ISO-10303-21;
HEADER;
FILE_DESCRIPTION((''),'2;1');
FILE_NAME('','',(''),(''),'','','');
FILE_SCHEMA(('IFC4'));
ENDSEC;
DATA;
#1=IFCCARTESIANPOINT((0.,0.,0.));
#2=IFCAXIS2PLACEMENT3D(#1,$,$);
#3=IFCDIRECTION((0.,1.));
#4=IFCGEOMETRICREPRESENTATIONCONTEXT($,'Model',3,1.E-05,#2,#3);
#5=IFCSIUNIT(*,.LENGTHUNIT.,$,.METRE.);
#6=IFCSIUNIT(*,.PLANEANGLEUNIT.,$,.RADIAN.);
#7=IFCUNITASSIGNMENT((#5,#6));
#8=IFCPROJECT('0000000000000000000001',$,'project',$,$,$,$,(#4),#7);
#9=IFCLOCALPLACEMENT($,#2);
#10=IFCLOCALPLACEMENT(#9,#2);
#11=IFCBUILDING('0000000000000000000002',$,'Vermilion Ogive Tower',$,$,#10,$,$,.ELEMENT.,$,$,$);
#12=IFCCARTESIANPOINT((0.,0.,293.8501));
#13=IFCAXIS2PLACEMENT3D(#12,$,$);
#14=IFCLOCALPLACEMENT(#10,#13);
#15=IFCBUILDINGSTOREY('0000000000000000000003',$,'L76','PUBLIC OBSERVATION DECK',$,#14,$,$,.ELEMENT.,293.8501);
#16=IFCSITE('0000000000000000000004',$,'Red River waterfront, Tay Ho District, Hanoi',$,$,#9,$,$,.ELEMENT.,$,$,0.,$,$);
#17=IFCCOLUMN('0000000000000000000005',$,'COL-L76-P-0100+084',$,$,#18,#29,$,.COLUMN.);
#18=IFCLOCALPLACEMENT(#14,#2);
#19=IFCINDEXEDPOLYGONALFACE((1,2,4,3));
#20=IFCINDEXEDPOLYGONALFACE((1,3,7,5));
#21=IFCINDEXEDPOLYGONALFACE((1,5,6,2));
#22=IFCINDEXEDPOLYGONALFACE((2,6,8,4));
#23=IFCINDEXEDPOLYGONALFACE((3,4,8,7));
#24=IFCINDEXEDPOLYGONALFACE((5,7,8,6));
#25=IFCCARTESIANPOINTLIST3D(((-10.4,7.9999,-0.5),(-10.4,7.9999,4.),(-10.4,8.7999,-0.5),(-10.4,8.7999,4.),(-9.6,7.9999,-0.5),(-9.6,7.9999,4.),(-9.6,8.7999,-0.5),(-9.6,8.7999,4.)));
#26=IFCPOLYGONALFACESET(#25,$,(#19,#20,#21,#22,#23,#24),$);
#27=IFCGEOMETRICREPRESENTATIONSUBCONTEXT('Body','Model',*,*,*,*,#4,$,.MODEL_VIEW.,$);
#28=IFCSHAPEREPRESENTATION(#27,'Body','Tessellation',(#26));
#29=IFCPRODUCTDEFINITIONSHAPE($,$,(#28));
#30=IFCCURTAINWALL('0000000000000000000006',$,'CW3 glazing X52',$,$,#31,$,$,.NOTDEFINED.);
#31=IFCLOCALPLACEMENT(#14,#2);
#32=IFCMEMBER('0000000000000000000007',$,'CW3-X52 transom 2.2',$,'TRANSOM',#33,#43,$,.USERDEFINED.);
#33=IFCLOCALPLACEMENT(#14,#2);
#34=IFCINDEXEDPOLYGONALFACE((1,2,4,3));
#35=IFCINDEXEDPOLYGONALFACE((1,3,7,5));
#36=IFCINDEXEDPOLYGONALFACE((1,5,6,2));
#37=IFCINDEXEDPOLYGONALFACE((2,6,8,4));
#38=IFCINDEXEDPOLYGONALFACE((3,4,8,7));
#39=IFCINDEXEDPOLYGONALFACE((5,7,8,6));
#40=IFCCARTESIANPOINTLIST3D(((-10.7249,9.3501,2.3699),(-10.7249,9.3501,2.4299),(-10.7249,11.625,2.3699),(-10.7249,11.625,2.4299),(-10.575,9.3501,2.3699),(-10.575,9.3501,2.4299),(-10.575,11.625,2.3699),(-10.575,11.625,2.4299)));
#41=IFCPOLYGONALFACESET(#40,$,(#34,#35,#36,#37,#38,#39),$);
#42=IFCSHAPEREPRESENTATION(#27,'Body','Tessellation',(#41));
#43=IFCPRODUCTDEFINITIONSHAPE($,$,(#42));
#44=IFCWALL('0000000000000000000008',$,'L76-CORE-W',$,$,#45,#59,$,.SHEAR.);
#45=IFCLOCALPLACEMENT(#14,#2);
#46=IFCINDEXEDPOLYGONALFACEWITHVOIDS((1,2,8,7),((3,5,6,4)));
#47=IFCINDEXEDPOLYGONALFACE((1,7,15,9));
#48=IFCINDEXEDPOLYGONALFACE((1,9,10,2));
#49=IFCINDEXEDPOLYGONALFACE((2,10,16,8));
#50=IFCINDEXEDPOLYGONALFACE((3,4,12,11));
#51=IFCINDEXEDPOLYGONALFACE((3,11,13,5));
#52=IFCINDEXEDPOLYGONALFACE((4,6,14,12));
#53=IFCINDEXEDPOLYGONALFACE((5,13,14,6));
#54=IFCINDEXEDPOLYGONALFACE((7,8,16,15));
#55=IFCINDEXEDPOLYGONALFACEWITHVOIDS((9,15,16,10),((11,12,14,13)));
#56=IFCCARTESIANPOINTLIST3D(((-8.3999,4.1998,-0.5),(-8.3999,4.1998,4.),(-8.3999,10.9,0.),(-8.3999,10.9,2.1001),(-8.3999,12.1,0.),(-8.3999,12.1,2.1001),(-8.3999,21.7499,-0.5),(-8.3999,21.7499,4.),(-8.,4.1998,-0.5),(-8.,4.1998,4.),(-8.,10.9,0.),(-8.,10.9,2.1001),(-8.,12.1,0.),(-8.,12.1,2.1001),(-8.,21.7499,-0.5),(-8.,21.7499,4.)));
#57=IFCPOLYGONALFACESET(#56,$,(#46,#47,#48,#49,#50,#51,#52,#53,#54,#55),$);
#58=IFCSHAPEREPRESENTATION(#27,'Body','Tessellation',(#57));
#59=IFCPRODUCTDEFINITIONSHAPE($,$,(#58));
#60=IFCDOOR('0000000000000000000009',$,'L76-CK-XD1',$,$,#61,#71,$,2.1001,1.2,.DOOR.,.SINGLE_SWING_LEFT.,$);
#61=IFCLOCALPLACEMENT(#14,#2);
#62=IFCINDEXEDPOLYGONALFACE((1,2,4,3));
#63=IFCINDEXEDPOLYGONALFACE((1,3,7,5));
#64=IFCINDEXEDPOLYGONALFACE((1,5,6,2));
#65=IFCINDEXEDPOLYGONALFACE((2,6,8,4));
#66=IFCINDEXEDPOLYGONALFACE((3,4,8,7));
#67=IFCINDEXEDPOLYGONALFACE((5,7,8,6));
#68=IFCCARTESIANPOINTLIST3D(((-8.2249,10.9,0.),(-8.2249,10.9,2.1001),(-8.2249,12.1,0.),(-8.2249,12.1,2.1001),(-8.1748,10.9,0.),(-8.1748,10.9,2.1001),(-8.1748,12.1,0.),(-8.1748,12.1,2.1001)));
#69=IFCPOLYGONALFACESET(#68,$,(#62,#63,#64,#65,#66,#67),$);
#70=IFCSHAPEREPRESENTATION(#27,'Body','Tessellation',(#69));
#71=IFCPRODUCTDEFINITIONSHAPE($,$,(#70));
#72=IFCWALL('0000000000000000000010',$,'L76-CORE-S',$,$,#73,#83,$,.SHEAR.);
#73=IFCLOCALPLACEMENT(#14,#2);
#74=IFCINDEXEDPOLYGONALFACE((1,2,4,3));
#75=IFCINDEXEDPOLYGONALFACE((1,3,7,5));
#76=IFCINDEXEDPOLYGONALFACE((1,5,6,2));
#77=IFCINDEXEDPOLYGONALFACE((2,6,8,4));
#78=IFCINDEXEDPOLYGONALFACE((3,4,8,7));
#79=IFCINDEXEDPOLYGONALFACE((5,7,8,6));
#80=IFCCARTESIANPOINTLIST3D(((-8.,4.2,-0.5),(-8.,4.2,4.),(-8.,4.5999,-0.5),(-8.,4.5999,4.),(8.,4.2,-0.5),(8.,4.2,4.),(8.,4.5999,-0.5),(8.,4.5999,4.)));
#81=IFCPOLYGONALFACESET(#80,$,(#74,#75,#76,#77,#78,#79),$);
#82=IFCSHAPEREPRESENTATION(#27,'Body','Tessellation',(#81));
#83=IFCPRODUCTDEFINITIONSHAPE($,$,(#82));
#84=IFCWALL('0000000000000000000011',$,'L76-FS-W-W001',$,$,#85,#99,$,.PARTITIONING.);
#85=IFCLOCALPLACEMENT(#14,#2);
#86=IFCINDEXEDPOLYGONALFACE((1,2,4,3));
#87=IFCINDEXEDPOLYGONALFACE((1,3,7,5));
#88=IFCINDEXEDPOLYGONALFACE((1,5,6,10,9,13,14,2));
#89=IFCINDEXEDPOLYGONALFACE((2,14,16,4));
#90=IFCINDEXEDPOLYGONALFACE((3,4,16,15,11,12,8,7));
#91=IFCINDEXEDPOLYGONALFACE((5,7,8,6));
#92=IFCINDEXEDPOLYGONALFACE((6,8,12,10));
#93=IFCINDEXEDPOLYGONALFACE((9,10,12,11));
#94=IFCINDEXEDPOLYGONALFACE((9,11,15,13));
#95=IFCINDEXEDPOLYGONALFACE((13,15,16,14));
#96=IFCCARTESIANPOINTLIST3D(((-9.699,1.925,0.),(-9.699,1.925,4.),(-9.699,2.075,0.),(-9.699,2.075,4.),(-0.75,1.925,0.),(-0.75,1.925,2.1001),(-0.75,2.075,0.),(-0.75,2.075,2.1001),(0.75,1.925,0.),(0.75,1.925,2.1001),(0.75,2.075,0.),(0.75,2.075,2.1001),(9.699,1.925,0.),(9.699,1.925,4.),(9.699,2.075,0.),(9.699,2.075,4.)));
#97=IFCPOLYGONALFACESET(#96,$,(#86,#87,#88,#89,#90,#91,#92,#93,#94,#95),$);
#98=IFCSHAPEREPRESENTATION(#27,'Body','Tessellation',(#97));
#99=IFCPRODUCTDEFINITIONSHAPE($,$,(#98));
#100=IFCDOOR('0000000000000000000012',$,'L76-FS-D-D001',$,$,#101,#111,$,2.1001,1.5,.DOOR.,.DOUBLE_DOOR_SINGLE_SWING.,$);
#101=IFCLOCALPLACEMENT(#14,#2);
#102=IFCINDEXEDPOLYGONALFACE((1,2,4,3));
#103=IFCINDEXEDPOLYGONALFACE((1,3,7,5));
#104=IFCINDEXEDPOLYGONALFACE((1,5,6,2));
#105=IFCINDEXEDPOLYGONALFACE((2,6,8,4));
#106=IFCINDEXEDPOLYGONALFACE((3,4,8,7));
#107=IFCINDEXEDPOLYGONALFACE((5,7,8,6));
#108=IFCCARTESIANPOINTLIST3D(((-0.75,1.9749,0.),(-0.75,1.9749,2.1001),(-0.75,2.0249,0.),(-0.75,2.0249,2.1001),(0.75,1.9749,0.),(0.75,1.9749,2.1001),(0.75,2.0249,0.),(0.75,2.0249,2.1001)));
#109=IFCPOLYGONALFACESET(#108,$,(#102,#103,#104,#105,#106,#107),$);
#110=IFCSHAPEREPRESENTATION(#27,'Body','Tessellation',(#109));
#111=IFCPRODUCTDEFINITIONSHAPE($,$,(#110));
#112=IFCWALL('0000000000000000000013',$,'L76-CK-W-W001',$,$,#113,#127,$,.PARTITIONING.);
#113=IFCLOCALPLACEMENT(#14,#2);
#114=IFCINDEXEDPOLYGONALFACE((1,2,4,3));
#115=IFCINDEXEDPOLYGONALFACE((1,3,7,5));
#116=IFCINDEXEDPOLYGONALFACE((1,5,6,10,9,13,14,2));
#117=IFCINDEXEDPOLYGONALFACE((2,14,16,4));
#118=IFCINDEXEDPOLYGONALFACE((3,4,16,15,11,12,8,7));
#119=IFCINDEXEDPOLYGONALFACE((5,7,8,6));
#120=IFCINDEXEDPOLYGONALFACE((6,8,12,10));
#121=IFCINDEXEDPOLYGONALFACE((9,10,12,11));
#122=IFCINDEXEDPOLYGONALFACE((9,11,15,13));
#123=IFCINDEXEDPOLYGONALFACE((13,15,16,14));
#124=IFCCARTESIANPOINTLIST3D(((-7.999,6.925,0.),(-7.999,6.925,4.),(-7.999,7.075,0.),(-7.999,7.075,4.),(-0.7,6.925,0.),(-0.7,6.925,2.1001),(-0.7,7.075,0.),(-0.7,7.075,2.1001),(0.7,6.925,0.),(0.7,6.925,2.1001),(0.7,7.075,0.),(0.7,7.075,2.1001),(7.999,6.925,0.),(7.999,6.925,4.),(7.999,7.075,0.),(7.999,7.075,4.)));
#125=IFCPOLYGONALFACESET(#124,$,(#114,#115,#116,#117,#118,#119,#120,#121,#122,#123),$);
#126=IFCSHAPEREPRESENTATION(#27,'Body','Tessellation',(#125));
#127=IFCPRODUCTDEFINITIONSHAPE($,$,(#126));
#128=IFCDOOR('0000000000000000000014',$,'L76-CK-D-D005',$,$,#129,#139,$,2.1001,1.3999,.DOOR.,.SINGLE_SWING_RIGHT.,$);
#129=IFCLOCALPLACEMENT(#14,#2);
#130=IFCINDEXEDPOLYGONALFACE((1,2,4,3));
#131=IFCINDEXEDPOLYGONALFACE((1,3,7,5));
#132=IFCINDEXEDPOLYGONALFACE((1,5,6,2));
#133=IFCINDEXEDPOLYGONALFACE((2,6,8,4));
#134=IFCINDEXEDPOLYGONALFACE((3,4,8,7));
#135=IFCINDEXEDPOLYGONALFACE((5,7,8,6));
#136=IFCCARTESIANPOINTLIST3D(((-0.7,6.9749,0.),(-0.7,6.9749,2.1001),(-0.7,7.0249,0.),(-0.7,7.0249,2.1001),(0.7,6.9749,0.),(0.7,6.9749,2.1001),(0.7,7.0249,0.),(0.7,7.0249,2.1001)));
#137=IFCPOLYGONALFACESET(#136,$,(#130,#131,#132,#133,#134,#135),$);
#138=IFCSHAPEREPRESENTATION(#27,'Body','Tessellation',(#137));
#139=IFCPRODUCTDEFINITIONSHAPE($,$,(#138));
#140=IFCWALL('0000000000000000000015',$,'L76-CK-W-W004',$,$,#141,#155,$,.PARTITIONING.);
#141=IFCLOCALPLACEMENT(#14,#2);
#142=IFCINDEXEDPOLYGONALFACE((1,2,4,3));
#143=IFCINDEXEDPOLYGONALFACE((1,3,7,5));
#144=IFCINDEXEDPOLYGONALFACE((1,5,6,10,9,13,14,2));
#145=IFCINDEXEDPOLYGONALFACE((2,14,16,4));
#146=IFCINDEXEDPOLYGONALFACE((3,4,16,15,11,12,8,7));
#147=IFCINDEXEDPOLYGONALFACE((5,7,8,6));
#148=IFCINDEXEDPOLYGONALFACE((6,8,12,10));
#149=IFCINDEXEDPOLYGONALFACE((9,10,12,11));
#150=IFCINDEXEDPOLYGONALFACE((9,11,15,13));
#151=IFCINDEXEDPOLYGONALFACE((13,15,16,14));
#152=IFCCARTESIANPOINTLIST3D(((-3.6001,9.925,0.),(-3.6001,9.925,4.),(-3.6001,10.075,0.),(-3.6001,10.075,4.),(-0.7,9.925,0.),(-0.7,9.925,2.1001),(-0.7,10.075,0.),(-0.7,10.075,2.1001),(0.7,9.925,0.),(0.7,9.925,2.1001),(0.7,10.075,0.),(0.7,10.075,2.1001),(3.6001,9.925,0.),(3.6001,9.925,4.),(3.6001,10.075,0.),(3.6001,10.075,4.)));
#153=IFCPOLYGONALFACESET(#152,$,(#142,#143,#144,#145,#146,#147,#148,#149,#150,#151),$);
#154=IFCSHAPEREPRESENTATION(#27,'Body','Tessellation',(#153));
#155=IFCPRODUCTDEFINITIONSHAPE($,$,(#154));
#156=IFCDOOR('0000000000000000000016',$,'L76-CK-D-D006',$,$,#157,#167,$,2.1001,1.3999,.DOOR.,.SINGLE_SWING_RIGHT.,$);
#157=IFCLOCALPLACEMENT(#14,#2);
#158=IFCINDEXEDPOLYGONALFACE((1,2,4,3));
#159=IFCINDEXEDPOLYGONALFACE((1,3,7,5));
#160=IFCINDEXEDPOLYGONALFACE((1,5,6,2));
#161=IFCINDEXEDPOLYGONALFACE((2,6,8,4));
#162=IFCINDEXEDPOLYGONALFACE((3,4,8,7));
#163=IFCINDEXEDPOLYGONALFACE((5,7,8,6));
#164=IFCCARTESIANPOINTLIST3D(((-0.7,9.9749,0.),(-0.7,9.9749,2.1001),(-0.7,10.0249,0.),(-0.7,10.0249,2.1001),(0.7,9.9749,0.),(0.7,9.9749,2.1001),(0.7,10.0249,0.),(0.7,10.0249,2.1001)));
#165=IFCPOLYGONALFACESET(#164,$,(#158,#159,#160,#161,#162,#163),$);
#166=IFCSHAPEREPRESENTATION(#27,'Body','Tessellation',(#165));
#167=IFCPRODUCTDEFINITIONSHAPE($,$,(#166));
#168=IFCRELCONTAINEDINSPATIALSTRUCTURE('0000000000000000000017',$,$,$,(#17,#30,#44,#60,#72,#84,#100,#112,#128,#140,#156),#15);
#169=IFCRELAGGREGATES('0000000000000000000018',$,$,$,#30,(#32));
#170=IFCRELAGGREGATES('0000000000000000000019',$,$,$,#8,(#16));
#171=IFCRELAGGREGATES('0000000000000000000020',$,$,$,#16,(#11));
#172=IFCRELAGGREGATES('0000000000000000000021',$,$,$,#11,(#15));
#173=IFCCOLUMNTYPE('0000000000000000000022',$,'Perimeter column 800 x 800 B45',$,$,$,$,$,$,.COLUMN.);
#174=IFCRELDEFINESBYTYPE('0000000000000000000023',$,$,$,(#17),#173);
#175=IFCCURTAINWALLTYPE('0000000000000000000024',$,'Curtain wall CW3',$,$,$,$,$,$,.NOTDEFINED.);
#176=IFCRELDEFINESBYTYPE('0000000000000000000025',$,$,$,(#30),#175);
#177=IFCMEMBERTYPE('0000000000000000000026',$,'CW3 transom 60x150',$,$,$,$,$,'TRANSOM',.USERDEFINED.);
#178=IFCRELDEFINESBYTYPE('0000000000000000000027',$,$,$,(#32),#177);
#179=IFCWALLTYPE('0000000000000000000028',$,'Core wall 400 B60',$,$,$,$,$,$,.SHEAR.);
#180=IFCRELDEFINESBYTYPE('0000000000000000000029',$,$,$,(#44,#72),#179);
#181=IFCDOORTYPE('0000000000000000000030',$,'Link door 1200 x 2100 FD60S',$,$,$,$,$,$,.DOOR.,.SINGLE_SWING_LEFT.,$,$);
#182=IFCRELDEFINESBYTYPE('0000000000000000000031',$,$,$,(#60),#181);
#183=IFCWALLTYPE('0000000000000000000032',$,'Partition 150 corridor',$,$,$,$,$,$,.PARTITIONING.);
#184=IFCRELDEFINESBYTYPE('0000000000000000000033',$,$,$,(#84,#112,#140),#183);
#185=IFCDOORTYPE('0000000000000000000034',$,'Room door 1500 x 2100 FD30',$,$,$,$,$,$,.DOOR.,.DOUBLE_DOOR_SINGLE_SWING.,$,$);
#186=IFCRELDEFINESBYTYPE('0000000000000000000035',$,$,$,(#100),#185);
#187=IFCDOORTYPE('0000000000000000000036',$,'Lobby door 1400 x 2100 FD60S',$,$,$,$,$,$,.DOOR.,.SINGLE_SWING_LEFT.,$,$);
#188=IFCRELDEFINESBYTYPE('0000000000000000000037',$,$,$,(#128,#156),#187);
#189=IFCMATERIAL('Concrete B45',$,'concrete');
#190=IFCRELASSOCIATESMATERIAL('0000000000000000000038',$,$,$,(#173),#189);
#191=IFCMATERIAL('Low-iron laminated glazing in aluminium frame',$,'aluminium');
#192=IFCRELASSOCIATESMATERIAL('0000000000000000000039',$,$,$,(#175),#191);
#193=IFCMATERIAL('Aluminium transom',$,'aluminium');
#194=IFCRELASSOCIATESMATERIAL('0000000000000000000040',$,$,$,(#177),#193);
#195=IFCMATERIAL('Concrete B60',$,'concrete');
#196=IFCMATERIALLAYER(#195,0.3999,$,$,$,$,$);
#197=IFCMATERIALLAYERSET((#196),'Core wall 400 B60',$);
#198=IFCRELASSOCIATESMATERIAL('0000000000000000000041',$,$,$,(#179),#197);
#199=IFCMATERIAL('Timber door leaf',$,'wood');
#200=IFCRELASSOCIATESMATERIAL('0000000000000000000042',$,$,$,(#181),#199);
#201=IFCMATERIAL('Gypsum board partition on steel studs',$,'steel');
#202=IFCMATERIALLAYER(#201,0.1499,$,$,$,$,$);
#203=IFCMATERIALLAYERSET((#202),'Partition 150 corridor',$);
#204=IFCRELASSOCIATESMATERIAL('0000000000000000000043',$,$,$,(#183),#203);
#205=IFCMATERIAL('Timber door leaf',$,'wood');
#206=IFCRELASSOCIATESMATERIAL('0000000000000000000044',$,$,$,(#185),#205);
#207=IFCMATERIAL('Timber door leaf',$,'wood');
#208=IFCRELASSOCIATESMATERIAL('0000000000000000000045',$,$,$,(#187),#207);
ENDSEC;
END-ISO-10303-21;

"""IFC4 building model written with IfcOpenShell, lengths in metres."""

from ifc_helpers import new_model, si_unit, direction, frame, frame_2d, origin, origin_2d, place, context, subcontext, project, spatial, rectangle, extrude, material, layer, layer_set, material_profile, profile_set, type_object, element, fill, aggregate, save


model = new_model("IFC4")

# Units and contexts
model_context = context("Model", 3, precision=1e-05, world=origin(), true_north=direction((0.0, 1.0)))
body_context = subcontext(model_context, "Body", "Model", "MODEL_VIEW")
ifc_project = project(units=[si_unit("LENGTHUNIT", "METRE"), si_unit("PLANEANGLEUNIT", "RADIAN")], contexts=[model_context])

# Site, building, storey
site_placement = place(None, origin())
site = spatial("IfcSite", under=ifc_project, at=site_placement, Name="Red River waterfront, Tay Ho District, Hanoi", CompositionType="ELEMENT", RefElevation=0.0)
building_placement = place(site_placement, origin())
building = spatial("IfcBuilding", under=site, at=building_placement, Name="Vermilion Ogive Tower", CompositionType="ELEMENT")
storey_placement = place(building_placement, frame((0.0, 0.0, 293.8501)))
storey = spatial("IfcBuildingStorey", under=building, at=storey_placement, Name="L76", Description="PUBLIC OBSERVATION DECK", CompositionType="ELEMENT", Elevation=293.8501)

# Column
ifc_material_1 = material(Name="Concrete B45", Category="concrete")
ifc_material_profile_1 = material_profile(ifc_material_1, rectangle(XDim=0.8, YDim=0.8, at=origin_2d()), Name="800 x 800")
ifc_profile_set_1 = profile_set([ifc_material_profile_1], Name="Concrete B45")
column_type = type_object("IfcColumnType", Name="Perimeter column 800 x 800 B45", PredefinedType="COLUMN", material=ifc_profile_set_1)
column_placement = place(storey_placement, frame((-10.0, 8.3999, -0.5), z_axis=(0.0, 0.0, 1.0), x_axis=(1.0, 0.0, 0.0)))
element("IfcColumn", 1, at=column_placement, inside=storey, type_object=column_type, Name="COL-L76-P-0100+084", PredefinedType="COLUMN", context=body_context, shape_type="SweptSolid", body=[
    extrude(rectangle(XDim=0.8, YDim=0.8, at=origin_2d()), origin(), (0.0, 0.0, 1.0), 4.5),
])

# Curtain wall, member
ifc_material_2 = material(Name="Low-iron laminated glazing in aluminium frame", Category="aluminium")
curtain_wall_type = type_object("IfcCurtainWallType", Name="Curtain wall CW3", PredefinedType="NOTDEFINED", material=ifc_material_2)
curtain_wall_placement = place(storey_placement, origin())
curtain_wall = element("IfcCurtainWall", 2, at=curtain_wall_placement, inside=storey, type_object=curtain_wall_type, Name="CW3 glazing X52", PredefinedType="NOTDEFINED")
ifc_material_3 = material(Name="Aluminium transom", Category="aluminium")
ifc_material_profile_2 = material_profile(ifc_material_3, rectangle(XDim=0.1499, YDim=0.0601, at=origin_2d()), Name="AL 60x150")
ifc_profile_set_2 = profile_set([ifc_material_profile_2], Name="Aluminium transom")
member_type = type_object("IfcMemberType", Name="CW3 transom 60x150", ElementType="TRANSOM", PredefinedType="USERDEFINED", material=ifc_profile_set_2)
member_placement = place(storey_placement, frame((-10.6499, 11.625, 2.3999), z_axis=(0.0, -1.0, 0.0), x_axis=(1.0, 0.0, 0.0)))
member = element("IfcMember", 3, at=member_placement, type_object=member_type, Name="CW3-X52 transom 2.2", ObjectType="TRANSOM", PredefinedType="USERDEFINED", context=body_context, shape_type="SweptSolid", body=[
    extrude(rectangle(XDim=0.1499, YDim=0.0601, at=origin_2d()), origin(), (0.0, 0.0, 1.0), 2.2749),
])
aggregate(curtain_wall, [member])

# Wall, opening, door
ifc_material_4 = material(Name="Concrete B60", Category="concrete")
ifc_layer_1 = layer(ifc_material_4, 0.3999)
ifc_layer_set_1 = layer_set([ifc_layer_1], Name="Core wall 400 B60")
wall_type_1 = type_object("IfcWallType", Name="Core wall 400 B60", PredefinedType="SHEAR", material=ifc_layer_set_1)
wall_1_placement = place(storey_placement, frame((-8.2, 4.2, -0.5), z_axis=(0.0, 0.0, 1.0), x_axis=(0.0, 1.0, 0.0)))
wall_1 = element("IfcWall", 4, at=wall_1_placement, inside=storey, type_object=wall_type_1, Name="L76-CORE-W", PredefinedType="SHEAR", context=body_context, shape_type="SweptSolid", body=[
    extrude(rectangle(XDim=17.55, YDim=0.3999, at=frame_2d((8.7749, 0.0))), origin(), (0.0, 0.0, 1.0), 4.5),
])
opening_1_placement = place(wall_1_placement, frame((6.7, 0.0, 0.5)))
opening_1 = element("IfcOpeningElement", 5, at=opening_1_placement, cuts=wall_1, PredefinedType="OPENING", context=body_context, shape_type="SweptSolid", body=[
    extrude(rectangle(XDim=1.2, YDim=2.1001, at=frame_2d((0.6001, 1.05))), frame((0.0, 0.21, 0.0), z_axis=(0.0, -1.0, 0.0), x_axis=(1.0, 0.0, 0.0)), (0.0, 0.0, 1.0), 0.4199),
])
ifc_material_5 = material(Name="Timber door leaf", Category="wood")
door_type_1 = type_object("IfcDoorType", Name="Link door 1200 x 2100 FD60S", OperationType="SINGLE_SWING_LEFT", PredefinedType="DOOR", material=ifc_material_5)
door_1_placement = place(opening_1_placement, origin())
door_1 = element("IfcDoor", 6, at=door_1_placement, inside=storey, type_object=door_type_1, Name="L76-CK-XD1", OperationType="SINGLE_SWING_LEFT", OverallHeight=2.1001, OverallWidth=1.2, PredefinedType="DOOR", context=body_context, shape_type="SweptSolid", body=[
    extrude(rectangle(XDim=1.2, YDim=2.1001, at=frame_2d((0.6001, 1.05))), frame((0.0, 0.0249, 0.0), z_axis=(0.0, -1.0, 0.0), x_axis=(1.0, 0.0, 0.0)), (0.0, 0.0, 1.0), 0.05),
])
fill(opening_1, door_1)

# Wall
wall_2_placement = place(storey_placement, frame((-8.0, 4.3999, -0.5), z_axis=(0.0, 0.0, 1.0), x_axis=(1.0, 0.0, 0.0)))
element("IfcWall", 7, at=wall_2_placement, inside=storey, type_object=wall_type_1, Name="L76-CORE-S", PredefinedType="SHEAR", context=body_context, shape_type="SweptSolid", body=[
    extrude(rectangle(XDim=16.0, YDim=0.3999, at=frame_2d((8.0, 0.0))), origin(), (0.0, 0.0, 1.0), 4.5),
])

# Walls, openings, doors
ifc_material_6 = material(Name="Gypsum board partition on steel studs", Category="steel")
ifc_layer_2 = layer(ifc_material_6, 0.1499)
ifc_layer_set_2 = layer_set([ifc_layer_2], Name="Partition 150 corridor")
wall_type_2 = type_object("IfcWallType", Name="Partition 150 corridor", PredefinedType="PARTITIONING", material=ifc_layer_set_2)
wall_3_placement = place(storey_placement, frame((-9.699, 2.0, 0.0), z_axis=(0.0, 0.0, 1.0), x_axis=(1.0, 0.0, 0.0)))
wall_3 = element("IfcWall", 8, at=wall_3_placement, inside=storey, type_object=wall_type_2, Name="L76-FS-W-W001", PredefinedType="PARTITIONING", context=body_context, shape_type="SweptSolid", body=[
    extrude(rectangle(XDim=19.3979, YDim=0.1499, at=frame_2d((9.699, 0.0))), origin(), (0.0, 0.0, 1.0), 4.0),
])
opening_2_placement = place(wall_3_placement, frame((8.949, 0.0, 0.0)))
opening_2 = element("IfcOpeningElement", 9, at=opening_2_placement, cuts=wall_3, PredefinedType="OPENING", context=body_context, shape_type="SweptSolid", body=[
    extrude(rectangle(XDim=1.5, YDim=2.1001, at=frame_2d((0.75, 1.05))), frame((0.0, 0.085, 0.0), z_axis=(0.0, -1.0, 0.0), x_axis=(1.0, 0.0, 0.0)), (0.0, 0.0, 1.0), 0.1699),
])
ifc_material_7 = material(Name="Timber door leaf", Category="wood")
door_type_2 = type_object("IfcDoorType", Name="Room door 1500 x 2100 FD30", OperationType="DOUBLE_DOOR_SINGLE_SWING", PredefinedType="DOOR", material=ifc_material_7)
door_2_placement = place(opening_2_placement, origin())
door_2 = element("IfcDoor", 10, at=door_2_placement, inside=storey, type_object=door_type_2, Name="L76-FS-D-D001", OperationType="DOUBLE_DOOR_SINGLE_SWING", OverallHeight=2.1001, OverallWidth=1.5, PredefinedType="DOOR", context=body_context, shape_type="SweptSolid", body=[
    extrude(rectangle(XDim=1.5, YDim=2.1001, at=frame_2d((0.75, 1.05))), frame((0.0, 0.0249, 0.0), z_axis=(0.0, -1.0, 0.0), x_axis=(1.0, 0.0, 0.0)), (0.0, 0.0, 1.0), 0.05),
])
fill(opening_2, door_2)
wall_4_placement = place(storey_placement, frame((-7.999, 7.0, 0.0), z_axis=(0.0, 0.0, 1.0), x_axis=(1.0, 0.0, 0.0)))
wall_4 = element("IfcWall", 11, at=wall_4_placement, inside=storey, type_object=wall_type_2, Name="L76-CK-W-W001", PredefinedType="PARTITIONING", context=body_context, shape_type="SweptSolid", body=[
    extrude(rectangle(XDim=15.998, YDim=0.1499, at=frame_2d((7.999, 0.0))), origin(), (0.0, 0.0, 1.0), 4.0),
])
opening_3_placement = place(wall_4_placement, frame((7.2991, 0.0, 0.0)))
opening_3 = element("IfcOpeningElement", 12, at=opening_3_placement, cuts=wall_4, PredefinedType="OPENING", context=body_context, shape_type="SweptSolid", body=[
    extrude(rectangle(XDim=1.3999, YDim=2.1001, at=frame_2d((0.7, 1.05))), frame((0.0, 0.085, 0.0), z_axis=(0.0, -1.0, 0.0), x_axis=(1.0, 0.0, 0.0)), (0.0, 0.0, 1.0), 0.1699),
])
ifc_material_8 = material(Name="Timber door leaf", Category="wood")
door_type_3 = type_object("IfcDoorType", Name="Lobby door 1400 x 2100 FD60S", OperationType="SINGLE_SWING_LEFT", PredefinedType="DOOR", material=ifc_material_8)
door_3_placement = place(opening_3_placement, origin())
door_3 = element("IfcDoor", 13, at=door_3_placement, inside=storey, type_object=door_type_3, Name="L76-CK-D-D005", OperationType="SINGLE_SWING_RIGHT", OverallHeight=2.1001, OverallWidth=1.3999, PredefinedType="DOOR", context=body_context, shape_type="SweptSolid", body=[
    extrude(rectangle(XDim=1.3999, YDim=2.1001, at=frame_2d((0.7, 1.05))), frame((0.0, 0.0249, 0.0), z_axis=(0.0, -1.0, 0.0), x_axis=(1.0, 0.0, 0.0)), (0.0, 0.0, 1.0), 0.05),
])
fill(opening_3, door_3)
wall_5_placement = place(storey_placement, frame((-3.6001, 10.0, 0.0), z_axis=(0.0, 0.0, 1.0), x_axis=(1.0, 0.0, 0.0)))
wall_5 = element("IfcWall", 14, at=wall_5_placement, inside=storey, type_object=wall_type_2, Name="L76-CK-W-W004", PredefinedType="PARTITIONING", context=body_context, shape_type="SweptSolid", body=[
    extrude(rectangle(XDim=7.2002, YDim=0.1499, at=frame_2d((3.6001, 0.0))), origin(), (0.0, 0.0, 1.0), 4.0),
])
opening_4_placement = place(wall_5_placement, frame((2.9001, 0.0, 0.0)))
opening_4 = element("IfcOpeningElement", 15, at=opening_4_placement, cuts=wall_5, PredefinedType="OPENING", context=body_context, shape_type="SweptSolid", body=[
    extrude(rectangle(XDim=1.3999, YDim=2.1001, at=frame_2d((0.7, 1.05))), frame((0.0, 0.085, 0.0), z_axis=(0.0, -1.0, 0.0), x_axis=(1.0, 0.0, 0.0)), (0.0, 0.0, 1.0), 0.1699),
])
door_4_placement = place(opening_4_placement, origin())
door_4 = element("IfcDoor", 16, at=door_4_placement, inside=storey, type_object=door_type_3, Name="L76-CK-D-D006", OperationType="SINGLE_SWING_RIGHT", OverallHeight=2.1001, OverallWidth=1.3999, PredefinedType="DOOR", context=body_context, shape_type="SweptSolid", body=[
    extrude(rectangle(XDim=1.3999, YDim=2.1001, at=frame_2d((0.7, 1.05))), frame((0.0, 0.0249, 0.0), z_axis=(0.0, -1.0, 0.0), x_axis=(1.0, 0.0, 0.0)), (0.0, 0.0, 1.0), 0.05),
])
fill(opening_4, door_4)

save(model, "model.ifc")
